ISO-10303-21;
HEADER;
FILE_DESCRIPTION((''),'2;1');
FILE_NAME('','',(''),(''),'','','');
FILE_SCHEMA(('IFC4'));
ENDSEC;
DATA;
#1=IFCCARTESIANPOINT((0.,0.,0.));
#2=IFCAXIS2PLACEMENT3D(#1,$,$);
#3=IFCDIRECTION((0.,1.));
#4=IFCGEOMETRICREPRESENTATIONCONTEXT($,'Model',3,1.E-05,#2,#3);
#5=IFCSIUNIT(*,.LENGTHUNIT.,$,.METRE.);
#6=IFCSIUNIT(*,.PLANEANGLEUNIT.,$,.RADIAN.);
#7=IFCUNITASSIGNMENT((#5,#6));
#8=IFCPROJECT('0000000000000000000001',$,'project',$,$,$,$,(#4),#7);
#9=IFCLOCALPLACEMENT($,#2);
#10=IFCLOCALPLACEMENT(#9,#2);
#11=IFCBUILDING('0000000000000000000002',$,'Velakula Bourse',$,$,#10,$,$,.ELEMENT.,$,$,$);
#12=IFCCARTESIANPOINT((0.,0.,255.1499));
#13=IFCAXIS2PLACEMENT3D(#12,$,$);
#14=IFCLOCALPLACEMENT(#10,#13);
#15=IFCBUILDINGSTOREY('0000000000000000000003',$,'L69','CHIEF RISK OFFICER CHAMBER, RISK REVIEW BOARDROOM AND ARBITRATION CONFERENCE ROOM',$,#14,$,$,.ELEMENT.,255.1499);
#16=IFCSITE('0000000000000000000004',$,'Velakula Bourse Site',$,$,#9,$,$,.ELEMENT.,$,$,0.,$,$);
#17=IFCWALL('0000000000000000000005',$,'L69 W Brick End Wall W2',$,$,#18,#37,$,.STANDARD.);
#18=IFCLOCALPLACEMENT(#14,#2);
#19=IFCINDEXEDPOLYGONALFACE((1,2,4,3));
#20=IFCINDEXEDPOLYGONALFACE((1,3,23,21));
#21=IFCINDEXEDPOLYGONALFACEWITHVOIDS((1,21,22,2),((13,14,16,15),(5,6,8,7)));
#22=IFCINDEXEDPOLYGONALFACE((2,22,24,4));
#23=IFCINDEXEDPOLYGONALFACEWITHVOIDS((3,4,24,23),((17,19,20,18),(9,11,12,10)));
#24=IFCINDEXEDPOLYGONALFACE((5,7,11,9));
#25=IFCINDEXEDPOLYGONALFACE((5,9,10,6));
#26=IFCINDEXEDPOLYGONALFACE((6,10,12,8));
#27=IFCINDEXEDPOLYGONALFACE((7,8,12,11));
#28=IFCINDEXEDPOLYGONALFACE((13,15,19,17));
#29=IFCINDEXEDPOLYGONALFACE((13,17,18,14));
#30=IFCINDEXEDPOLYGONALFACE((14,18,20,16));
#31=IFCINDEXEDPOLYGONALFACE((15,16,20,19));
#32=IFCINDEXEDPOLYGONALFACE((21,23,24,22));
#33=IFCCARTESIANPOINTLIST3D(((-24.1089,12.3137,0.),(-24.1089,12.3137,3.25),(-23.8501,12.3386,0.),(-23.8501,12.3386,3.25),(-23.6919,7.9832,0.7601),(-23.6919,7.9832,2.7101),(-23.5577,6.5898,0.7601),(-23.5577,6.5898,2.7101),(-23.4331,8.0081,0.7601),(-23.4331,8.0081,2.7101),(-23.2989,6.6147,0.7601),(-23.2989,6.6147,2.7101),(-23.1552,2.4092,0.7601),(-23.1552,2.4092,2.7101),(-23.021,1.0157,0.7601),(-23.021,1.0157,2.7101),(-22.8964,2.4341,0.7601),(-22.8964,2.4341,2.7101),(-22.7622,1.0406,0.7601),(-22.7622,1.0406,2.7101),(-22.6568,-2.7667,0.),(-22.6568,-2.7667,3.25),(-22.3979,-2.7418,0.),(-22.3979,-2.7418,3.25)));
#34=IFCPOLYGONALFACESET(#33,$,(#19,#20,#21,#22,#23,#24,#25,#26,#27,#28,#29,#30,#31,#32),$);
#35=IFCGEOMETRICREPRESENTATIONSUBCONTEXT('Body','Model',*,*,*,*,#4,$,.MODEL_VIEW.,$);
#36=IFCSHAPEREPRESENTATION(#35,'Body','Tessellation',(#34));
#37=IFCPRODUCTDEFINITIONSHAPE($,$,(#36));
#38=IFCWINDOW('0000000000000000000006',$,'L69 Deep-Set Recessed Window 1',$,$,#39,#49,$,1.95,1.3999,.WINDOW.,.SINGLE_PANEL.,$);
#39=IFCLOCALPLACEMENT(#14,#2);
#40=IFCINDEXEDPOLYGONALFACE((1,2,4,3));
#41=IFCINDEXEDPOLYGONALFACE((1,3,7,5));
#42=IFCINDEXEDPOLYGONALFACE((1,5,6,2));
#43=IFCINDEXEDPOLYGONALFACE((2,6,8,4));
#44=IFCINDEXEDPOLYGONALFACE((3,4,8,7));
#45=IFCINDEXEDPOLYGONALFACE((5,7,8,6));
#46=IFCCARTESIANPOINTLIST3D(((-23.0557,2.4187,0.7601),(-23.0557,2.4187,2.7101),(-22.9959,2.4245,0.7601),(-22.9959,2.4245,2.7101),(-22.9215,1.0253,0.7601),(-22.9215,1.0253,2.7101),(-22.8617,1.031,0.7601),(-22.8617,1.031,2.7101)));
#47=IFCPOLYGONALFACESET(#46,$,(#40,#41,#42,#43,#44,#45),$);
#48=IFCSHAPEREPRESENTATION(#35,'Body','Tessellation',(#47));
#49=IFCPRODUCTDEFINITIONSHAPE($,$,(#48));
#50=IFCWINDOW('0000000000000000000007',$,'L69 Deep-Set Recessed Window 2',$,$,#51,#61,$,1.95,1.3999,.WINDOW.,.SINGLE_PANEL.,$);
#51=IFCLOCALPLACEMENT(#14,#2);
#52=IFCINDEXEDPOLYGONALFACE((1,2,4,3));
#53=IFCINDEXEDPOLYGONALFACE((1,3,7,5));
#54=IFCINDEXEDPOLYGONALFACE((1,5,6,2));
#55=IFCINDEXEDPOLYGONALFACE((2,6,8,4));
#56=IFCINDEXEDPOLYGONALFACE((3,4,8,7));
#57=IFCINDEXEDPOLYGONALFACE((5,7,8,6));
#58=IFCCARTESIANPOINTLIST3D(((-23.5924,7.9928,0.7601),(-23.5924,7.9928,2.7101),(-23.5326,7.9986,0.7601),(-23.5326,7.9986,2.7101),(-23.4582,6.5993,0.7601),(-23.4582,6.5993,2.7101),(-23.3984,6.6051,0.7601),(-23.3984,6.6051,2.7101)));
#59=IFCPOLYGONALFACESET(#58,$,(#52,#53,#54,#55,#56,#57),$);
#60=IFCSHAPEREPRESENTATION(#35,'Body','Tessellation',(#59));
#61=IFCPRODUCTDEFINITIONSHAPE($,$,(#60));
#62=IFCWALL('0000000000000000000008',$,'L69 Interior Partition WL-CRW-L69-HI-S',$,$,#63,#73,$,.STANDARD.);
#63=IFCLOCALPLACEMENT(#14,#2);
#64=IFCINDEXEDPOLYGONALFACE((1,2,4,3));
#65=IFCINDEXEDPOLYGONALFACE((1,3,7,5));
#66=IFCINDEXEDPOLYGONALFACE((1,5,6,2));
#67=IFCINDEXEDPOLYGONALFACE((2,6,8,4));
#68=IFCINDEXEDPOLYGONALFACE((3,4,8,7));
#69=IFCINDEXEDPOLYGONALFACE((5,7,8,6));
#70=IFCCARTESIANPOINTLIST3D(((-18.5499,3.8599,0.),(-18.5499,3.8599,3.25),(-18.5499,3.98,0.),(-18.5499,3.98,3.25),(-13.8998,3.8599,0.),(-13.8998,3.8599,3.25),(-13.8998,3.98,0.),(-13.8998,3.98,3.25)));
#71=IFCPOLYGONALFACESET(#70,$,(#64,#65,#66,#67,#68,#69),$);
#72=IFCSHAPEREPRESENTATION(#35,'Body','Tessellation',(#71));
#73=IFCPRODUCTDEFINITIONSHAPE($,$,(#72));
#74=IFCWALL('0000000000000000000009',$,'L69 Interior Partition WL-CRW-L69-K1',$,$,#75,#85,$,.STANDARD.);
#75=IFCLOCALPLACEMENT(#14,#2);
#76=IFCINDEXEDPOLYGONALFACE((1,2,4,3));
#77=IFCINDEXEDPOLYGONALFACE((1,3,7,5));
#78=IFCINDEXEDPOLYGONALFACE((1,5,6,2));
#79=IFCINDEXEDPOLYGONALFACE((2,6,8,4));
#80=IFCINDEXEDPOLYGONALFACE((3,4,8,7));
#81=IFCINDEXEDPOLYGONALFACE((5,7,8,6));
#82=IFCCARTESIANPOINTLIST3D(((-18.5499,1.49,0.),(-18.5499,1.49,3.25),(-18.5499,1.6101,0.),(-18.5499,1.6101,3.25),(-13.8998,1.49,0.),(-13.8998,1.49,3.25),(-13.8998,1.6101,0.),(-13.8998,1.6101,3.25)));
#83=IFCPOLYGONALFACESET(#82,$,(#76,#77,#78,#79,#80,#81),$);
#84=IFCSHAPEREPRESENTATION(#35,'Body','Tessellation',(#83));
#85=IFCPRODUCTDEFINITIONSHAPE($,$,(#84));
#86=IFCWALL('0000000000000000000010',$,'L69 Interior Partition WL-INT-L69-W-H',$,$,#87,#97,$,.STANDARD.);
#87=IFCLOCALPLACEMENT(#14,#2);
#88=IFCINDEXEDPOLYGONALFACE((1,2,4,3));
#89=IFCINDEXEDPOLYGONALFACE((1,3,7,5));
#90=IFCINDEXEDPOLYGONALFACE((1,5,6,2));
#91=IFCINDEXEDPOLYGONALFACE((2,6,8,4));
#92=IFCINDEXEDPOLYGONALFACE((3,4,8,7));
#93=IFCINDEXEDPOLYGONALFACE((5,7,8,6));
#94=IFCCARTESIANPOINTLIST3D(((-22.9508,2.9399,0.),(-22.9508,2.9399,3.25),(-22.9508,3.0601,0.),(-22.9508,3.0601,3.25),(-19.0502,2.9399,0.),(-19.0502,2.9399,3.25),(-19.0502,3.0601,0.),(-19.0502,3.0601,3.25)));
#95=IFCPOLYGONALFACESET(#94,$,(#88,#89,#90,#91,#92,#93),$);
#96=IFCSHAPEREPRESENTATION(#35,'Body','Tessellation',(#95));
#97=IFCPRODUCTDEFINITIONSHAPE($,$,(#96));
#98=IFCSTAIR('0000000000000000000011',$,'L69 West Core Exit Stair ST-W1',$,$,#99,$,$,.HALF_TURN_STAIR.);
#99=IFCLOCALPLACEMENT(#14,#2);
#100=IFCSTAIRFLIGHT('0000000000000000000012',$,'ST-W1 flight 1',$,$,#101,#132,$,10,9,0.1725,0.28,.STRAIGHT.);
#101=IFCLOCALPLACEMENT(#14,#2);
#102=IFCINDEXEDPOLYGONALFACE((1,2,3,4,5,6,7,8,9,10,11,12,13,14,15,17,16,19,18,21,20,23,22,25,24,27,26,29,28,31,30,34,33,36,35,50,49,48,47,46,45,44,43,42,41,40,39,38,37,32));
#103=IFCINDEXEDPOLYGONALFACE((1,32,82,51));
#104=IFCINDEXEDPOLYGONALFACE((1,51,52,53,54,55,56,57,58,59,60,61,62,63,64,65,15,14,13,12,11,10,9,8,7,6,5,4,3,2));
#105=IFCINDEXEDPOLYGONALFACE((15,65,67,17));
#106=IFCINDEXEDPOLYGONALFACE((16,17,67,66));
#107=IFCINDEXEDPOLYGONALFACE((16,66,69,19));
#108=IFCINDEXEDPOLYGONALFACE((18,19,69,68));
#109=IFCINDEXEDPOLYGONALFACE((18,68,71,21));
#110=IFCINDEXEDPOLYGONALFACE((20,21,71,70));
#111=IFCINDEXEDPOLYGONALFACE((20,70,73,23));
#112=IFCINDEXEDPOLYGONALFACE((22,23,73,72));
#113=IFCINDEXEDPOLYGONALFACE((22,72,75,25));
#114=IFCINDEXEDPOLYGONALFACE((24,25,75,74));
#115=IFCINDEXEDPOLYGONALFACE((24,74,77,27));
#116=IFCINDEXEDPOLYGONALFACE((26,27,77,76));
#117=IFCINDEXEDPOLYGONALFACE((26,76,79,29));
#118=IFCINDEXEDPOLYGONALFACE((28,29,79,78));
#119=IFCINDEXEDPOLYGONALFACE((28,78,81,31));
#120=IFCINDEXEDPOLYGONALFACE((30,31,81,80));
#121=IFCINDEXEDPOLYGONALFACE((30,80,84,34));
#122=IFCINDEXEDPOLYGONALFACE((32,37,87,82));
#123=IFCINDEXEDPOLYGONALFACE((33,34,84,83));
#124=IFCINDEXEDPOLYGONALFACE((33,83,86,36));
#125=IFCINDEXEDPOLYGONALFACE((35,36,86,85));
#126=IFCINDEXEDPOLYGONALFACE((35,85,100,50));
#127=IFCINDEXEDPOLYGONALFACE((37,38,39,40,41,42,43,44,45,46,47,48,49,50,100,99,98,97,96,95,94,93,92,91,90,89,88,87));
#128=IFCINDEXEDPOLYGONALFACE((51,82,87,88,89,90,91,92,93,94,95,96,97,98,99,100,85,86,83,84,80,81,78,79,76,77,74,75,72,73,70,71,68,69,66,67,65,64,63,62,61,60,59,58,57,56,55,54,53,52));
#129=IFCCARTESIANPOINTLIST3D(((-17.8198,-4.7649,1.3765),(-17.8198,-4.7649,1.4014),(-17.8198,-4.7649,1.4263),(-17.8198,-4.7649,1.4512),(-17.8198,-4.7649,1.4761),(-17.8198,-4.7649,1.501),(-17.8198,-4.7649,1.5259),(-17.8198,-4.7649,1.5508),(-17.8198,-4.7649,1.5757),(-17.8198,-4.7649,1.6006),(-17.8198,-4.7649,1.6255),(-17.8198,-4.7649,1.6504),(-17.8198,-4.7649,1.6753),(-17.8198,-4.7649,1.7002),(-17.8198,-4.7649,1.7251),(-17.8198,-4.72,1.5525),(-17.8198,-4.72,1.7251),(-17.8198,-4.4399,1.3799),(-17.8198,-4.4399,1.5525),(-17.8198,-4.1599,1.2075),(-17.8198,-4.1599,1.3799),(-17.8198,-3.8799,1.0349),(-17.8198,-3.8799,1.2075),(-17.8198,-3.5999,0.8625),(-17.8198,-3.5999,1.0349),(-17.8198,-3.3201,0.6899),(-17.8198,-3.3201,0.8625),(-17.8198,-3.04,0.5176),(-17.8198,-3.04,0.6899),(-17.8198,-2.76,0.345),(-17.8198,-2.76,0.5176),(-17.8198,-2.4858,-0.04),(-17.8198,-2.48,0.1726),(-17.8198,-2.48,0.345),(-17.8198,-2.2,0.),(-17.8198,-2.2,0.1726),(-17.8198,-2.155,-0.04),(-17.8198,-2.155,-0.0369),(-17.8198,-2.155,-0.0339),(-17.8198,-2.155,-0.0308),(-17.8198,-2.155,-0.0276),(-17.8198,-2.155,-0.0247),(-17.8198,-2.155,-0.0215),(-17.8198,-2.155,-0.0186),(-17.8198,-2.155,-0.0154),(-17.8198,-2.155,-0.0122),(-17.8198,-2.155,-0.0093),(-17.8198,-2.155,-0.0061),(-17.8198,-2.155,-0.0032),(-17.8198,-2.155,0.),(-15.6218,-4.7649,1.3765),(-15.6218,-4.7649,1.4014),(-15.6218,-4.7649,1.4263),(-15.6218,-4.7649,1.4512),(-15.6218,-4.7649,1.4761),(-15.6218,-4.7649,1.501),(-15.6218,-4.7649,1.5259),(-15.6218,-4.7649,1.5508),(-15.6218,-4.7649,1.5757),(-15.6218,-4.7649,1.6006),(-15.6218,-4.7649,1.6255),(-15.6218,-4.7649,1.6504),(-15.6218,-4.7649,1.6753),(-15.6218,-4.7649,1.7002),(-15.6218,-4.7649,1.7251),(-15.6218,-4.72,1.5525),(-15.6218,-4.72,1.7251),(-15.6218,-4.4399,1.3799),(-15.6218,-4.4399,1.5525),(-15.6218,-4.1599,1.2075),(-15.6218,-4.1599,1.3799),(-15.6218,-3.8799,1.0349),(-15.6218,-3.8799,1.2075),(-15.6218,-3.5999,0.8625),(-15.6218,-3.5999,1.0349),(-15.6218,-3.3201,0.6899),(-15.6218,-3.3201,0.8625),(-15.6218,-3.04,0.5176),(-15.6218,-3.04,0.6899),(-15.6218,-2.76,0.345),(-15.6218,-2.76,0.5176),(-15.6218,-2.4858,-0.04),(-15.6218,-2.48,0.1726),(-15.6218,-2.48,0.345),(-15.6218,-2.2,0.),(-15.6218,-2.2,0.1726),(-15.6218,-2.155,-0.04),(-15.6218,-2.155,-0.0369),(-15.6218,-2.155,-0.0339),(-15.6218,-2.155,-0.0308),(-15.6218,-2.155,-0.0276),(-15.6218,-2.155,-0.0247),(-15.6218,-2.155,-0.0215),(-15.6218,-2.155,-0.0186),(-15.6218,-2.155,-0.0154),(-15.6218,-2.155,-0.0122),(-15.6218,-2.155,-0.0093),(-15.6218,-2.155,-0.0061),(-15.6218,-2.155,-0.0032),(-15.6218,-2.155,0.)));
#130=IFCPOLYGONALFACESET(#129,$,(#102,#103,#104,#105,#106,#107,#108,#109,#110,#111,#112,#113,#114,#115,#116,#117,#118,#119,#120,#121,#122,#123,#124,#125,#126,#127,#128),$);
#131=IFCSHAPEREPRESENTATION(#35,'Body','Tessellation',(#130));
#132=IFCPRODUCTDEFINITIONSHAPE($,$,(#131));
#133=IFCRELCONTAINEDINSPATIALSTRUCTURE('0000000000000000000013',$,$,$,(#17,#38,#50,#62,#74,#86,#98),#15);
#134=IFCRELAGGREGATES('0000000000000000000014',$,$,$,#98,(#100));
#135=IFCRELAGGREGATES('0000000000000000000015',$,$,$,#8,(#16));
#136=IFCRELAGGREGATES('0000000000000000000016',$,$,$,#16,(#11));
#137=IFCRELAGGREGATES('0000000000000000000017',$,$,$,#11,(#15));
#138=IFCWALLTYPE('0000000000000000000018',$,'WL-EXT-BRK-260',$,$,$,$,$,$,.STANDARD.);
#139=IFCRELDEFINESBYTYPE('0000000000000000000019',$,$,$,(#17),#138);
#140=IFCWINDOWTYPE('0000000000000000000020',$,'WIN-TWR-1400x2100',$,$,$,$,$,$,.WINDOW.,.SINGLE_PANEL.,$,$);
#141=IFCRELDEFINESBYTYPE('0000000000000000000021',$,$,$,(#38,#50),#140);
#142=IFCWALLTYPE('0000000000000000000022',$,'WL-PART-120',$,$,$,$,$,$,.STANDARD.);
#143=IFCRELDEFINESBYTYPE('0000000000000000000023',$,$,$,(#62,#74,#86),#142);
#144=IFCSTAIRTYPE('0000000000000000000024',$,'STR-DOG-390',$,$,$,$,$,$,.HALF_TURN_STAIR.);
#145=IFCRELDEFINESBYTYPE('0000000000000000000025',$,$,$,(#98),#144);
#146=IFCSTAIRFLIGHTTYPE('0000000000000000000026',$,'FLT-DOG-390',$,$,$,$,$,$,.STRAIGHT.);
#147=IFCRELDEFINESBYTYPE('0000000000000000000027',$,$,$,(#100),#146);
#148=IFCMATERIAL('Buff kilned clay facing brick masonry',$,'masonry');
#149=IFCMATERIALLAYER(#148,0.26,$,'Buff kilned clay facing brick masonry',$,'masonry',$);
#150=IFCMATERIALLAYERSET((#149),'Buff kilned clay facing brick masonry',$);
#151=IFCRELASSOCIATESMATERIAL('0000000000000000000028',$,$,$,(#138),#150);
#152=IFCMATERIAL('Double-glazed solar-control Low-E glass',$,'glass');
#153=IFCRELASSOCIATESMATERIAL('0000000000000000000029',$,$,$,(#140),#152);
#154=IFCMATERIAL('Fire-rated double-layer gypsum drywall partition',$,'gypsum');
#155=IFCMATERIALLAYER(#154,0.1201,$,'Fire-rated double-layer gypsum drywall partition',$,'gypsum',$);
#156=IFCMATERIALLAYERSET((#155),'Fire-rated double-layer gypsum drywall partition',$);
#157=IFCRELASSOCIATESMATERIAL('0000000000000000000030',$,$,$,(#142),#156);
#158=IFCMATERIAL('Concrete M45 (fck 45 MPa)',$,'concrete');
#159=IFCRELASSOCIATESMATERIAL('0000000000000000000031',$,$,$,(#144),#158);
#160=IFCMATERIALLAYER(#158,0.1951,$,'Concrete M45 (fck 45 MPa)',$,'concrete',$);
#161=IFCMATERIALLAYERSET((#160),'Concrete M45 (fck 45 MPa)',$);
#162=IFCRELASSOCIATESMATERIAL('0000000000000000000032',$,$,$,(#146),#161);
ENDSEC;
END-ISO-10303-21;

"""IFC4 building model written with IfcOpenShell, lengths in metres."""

from ifc_helpers import new_model, si_unit, direction, frame, frame_2d, origin, place, context, subcontext, project, spatial, polyline, rectangle, outline, extrude, material, layer, layer_set, type_object, element, fill, aggregate, save


model = new_model("IFC4")

# Units and contexts
model_context = context("Model", 3, precision=1e-05, world=origin(), true_north=direction((0.0, 1.0)))
body_context = subcontext(model_context, "Body", "Model", "MODEL_VIEW")
ifc_project = project(units=[si_unit("LENGTHUNIT", "METRE"), si_unit("PLANEANGLEUNIT", "RADIAN")], contexts=[model_context])

# Site, building, storey
site_placement = place(None, origin())
site = spatial("IfcSite", under=ifc_project, at=site_placement, Name="Velakula Bourse Site", CompositionType="ELEMENT", RefElevation=0.0)
building_placement = place(site_placement, origin())
building = spatial("IfcBuilding", under=site, at=building_placement, Name="Velakula Bourse", CompositionType="ELEMENT")
storey_placement = place(building_placement, frame((0.0, 0.0, 255.1499)))
storey = spatial("IfcBuildingStorey", under=building, at=storey_placement, Name="L69", Description="CHIEF RISK OFFICER CHAMBER, RISK REVIEW BOARDROOM AND ARBITRATION CONFERENCE ROOM", CompositionType="ELEMENT", Elevation=255.1499)

# Wall, openings, windows
ifc_material_1 = material(Name="Buff kilned clay facing brick masonry", Category="masonry")
ifc_layer_1 = layer(ifc_material_1, 0.26, Name="Buff kilned clay facing brick masonry", Category="masonry")
ifc_layer_set_1 = layer_set([ifc_layer_1], Name="Buff kilned clay facing brick masonry")
wall_type_1 = type_object("IfcWallType", Name="WL-EXT-BRK-260", PredefinedType="STANDARD", material=ifc_layer_set_1)
wall_1_placement = place(storey_placement, frame((-22.5273, -2.7544, 0.0), z_axis=(0.0, 0.0, 1.0), x_axis=(-0.095851, 0.995396, 0.0)))
wall_1 = element("IfcWall", 1, at=wall_1_placement, inside=storey, type_object=wall_type_1, Name="L69 W Brick End Wall W2", PredefinedType="STANDARD", context=body_context, shape_type="SweptSolid", body=[
    extrude(rectangle(XDim=15.1501, YDim=0.26, at=frame_2d((7.5752, 0.0))), origin(), (0.0, 0.0, 1.0), 3.25),
])
opening_1_placement = place(wall_1_placement, frame((3.8, 0.0, 0.76)))
opening_1 = element("IfcOpeningElement", 2, at=opening_1_placement, cuts=wall_1, PredefinedType="OPENING", context=body_context, shape_type="SweptSolid", body=[
    extrude(rectangle(XDim=1.3999, YDim=1.95, at=frame_2d((0.7, 0.9751))), frame((0.0, 0.1399, 0.0), z_axis=(0.0, -1.0, 0.0), x_axis=(1.0, 0.0, 0.0)), (0.0, 0.0, 1.0), 0.28),
])
opening_2_placement = place(wall_1_placement, frame((9.3999, 0.0, 0.76)))
opening_2 = element("IfcOpeningElement", 3, at=opening_2_placement, cuts=wall_1, PredefinedType="OPENING", context=body_context, shape_type="SweptSolid", body=[
    extrude(rectangle(XDim=1.3999, YDim=1.95, at=frame_2d((0.7, 0.9751))), frame((0.0, 0.1399, 0.0), z_axis=(0.0, -1.0, 0.0), x_axis=(1.0, 0.0, 0.0)), (0.0, 0.0, 1.0), 0.28),
])
ifc_material_2 = material(Name="Double-glazed solar-control Low-E glass", Category="glass")
window_type = type_object("IfcWindowType", Name="WIN-TWR-1400x2100", PartitioningType="SINGLE_PANEL", PredefinedType="WINDOW", material=ifc_material_2)
window_1_placement = place(opening_1_placement, origin())
window_1 = element("IfcWindow", 4, at=window_1_placement, inside=storey, type_object=window_type, Name="L69 Deep-Set Recessed Window 1", OverallHeight=1.95, OverallWidth=1.3999, PartitioningType="SINGLE_PANEL", PredefinedType="WINDOW", context=body_context, shape_type="SweptSolid", body=[
    extrude(rectangle(XDim=1.3999, YDim=1.95, at=frame_2d((0.7, 0.9751))), frame((0.0, 0.03, 0.0), z_axis=(0.0, -1.0, 0.0), x_axis=(1.0, 0.0, 0.0)), (0.0, 0.0, 1.0), 0.0601),
])
fill(opening_1, window_1)
window_2_placement = place(opening_2_placement, origin())
window_2 = element("IfcWindow", 5, at=window_2_placement, inside=storey, type_object=window_type, Name="L69 Deep-Set Recessed Window 2", OverallHeight=1.95, OverallWidth=1.3999, PartitioningType="SINGLE_PANEL", PredefinedType="WINDOW", context=body_context, shape_type="SweptSolid", body=[
    extrude(rectangle(XDim=1.3999, YDim=1.95, at=frame_2d((0.7, 0.9751))), frame((0.0, 0.03, 0.0), z_axis=(0.0, -1.0, 0.0), x_axis=(1.0, 0.0, 0.0)), (0.0, 0.0, 1.0), 0.0601),
])
fill(opening_2, window_2)

# Walls
ifc_material_3 = material(Name="Fire-rated double-layer gypsum drywall partition", Category="gypsum")
ifc_layer_2 = layer(ifc_material_3, 0.1201, Name="Fire-rated double-layer gypsum drywall partition", Category="gypsum")
ifc_layer_set_2 = layer_set([ifc_layer_2], Name="Fire-rated double-layer gypsum drywall partition")
wall_type_2 = type_object("IfcWallType", Name="WL-PART-120", PredefinedType="STANDARD", material=ifc_layer_set_2)
for number, where, z_axis, x_axis, name in (
    (6, (-18.55, 3.9199, 0.0), (0.0, 0.0, 1.0), (1.0, 0.0, 0.0), "L69 Interior Partition WL-CRW-L69-HI-S"),
    (7, (-18.55, 1.55, 0.0), (0.0, 0.0, 1.0), (1.0, 0.0, 0.0), "L69 Interior Partition WL-CRW-L69-K1"),
):
    element("IfcWall", number, at=place(storey_placement, frame(where, z_axis=z_axis, x_axis=x_axis)), inside=storey, type_object=wall_type_2, Name=name, PredefinedType="STANDARD", context=body_context, shape_type="SweptSolid", body=[
        extrude(rectangle(XDim=4.6501, YDim=0.1201, at=frame_2d((2.3252, 0.0))), origin(), (0.0, 0.0, 1.0), 3.25),
    ])
wall_2_placement = place(storey_placement, frame((-22.9507, 3.0, 0.0), z_axis=(0.0, 0.0, 1.0), x_axis=(1.0, 0.0, 0.0)))
element("IfcWall", 8, at=wall_2_placement, inside=storey, type_object=wall_type_2, Name="L69 Interior Partition WL-INT-L69-W-H", PredefinedType="STANDARD", context=body_context, shape_type="SweptSolid", body=[
    extrude(rectangle(XDim=3.9006, YDim=0.1201, at=frame_2d((1.9502, 0.0))), origin(), (0.0, 0.0, 1.0), 3.25),
])

# Stair, stair flight
ifc_material_4 = material(Name="Concrete M45 (fck 45 MPa)", Category="concrete")
stair_type = type_object("IfcStairType", Name="STR-DOG-390", PredefinedType="HALF_TURN_STAIR", material=ifc_material_4)
stair_placement = place(storey_placement, origin())
stair = element("IfcStair", 9, at=stair_placement, inside=storey, type_object=stair_type, Name="L69 West Core Exit Stair ST-W1", PredefinedType="HALF_TURN_STAIR")
ifc_layer_3 = layer(ifc_material_4, 0.1951, Name="Concrete M45 (fck 45 MPa)", Category="concrete")
ifc_layer_set_3 = layer_set([ifc_layer_3], Name="Concrete M45 (fck 45 MPa)")
stair_flight_type = type_object("IfcStairFlightType", Name="FLT-DOG-390", PredefinedType="STRAIGHT", material=ifc_layer_set_3)
stair_flight_placement = place(storey_placement, frame((-16.7209, -2.2, 0.0), z_axis=(0.0, 0.0, 1.0), x_axis=(0.0, -1.0, 0.0)))
stair_flight = element("IfcStairFlight", 10, at=stair_flight_placement, type_object=stair_flight_type, Name="ST-W1 flight 1", NumberOfRisers=10, NumberOfTreads=9, PredefinedType="STRAIGHT", RiserHeight=0.1725, TreadLength=0.28, context=body_context, shape_type="SweptSolid", body=[
    extrude(outline(polyline([(-0.0449, -0.04), (-0.0449, -0.0369), (-0.0449, -0.0339), (-0.0449, -0.0308), (-0.0449, -0.0276), (-0.0449, -0.0247), (-0.0449, -0.0215), (-0.0449, -0.0186), (-0.0449, -0.0154), (-0.0449, -0.0122), (-0.0449, -0.0093), (-0.0449, -0.0061), (-0.0449, -0.0032), (-0.0449, 0.0), (0.0, 0.0), (0.0, 0.1726), (0.28, 0.1726), (0.28, 0.345), (0.5601, 0.345), (0.5601, 0.5176), (0.8401, 0.5176), (0.8401, 0.6899), (1.1201, 0.6899), (1.1201, 0.8625), (1.3999, 0.8625), (1.3999, 1.0349), (1.6799, 1.0349), (1.6799, 1.2075), (1.96, 1.2075), (1.96, 1.3799), (2.24, 1.3799), (2.24, 1.5525), (2.52, 1.5525), (2.52, 1.7251), (2.5649, 1.7251), (2.5649, 1.7002), (2.5649, 1.6753), (2.5649, 1.6504), (2.5649, 1.6255), (2.5649, 1.6006), (2.5649, 1.5757), (2.5649, 1.5508), (2.5649, 1.5259), (2.5649, 1.501), (2.5649, 1.4761), (2.5649, 1.4512), (2.5649, 1.4263), (2.5649, 1.4014), (2.5649, 1.3765), (0.2859, -0.04), (-0.0449, -0.04)])), frame((0.0, 1.0991, 0.0), z_axis=(0.0, -1.0, 0.0), x_axis=(1.0, 0.0, 0.0)), (0.0, 0.0, 1.0), 2.198),
])
aggregate(stair, [stair_flight])

save(model, "model.ifc")
